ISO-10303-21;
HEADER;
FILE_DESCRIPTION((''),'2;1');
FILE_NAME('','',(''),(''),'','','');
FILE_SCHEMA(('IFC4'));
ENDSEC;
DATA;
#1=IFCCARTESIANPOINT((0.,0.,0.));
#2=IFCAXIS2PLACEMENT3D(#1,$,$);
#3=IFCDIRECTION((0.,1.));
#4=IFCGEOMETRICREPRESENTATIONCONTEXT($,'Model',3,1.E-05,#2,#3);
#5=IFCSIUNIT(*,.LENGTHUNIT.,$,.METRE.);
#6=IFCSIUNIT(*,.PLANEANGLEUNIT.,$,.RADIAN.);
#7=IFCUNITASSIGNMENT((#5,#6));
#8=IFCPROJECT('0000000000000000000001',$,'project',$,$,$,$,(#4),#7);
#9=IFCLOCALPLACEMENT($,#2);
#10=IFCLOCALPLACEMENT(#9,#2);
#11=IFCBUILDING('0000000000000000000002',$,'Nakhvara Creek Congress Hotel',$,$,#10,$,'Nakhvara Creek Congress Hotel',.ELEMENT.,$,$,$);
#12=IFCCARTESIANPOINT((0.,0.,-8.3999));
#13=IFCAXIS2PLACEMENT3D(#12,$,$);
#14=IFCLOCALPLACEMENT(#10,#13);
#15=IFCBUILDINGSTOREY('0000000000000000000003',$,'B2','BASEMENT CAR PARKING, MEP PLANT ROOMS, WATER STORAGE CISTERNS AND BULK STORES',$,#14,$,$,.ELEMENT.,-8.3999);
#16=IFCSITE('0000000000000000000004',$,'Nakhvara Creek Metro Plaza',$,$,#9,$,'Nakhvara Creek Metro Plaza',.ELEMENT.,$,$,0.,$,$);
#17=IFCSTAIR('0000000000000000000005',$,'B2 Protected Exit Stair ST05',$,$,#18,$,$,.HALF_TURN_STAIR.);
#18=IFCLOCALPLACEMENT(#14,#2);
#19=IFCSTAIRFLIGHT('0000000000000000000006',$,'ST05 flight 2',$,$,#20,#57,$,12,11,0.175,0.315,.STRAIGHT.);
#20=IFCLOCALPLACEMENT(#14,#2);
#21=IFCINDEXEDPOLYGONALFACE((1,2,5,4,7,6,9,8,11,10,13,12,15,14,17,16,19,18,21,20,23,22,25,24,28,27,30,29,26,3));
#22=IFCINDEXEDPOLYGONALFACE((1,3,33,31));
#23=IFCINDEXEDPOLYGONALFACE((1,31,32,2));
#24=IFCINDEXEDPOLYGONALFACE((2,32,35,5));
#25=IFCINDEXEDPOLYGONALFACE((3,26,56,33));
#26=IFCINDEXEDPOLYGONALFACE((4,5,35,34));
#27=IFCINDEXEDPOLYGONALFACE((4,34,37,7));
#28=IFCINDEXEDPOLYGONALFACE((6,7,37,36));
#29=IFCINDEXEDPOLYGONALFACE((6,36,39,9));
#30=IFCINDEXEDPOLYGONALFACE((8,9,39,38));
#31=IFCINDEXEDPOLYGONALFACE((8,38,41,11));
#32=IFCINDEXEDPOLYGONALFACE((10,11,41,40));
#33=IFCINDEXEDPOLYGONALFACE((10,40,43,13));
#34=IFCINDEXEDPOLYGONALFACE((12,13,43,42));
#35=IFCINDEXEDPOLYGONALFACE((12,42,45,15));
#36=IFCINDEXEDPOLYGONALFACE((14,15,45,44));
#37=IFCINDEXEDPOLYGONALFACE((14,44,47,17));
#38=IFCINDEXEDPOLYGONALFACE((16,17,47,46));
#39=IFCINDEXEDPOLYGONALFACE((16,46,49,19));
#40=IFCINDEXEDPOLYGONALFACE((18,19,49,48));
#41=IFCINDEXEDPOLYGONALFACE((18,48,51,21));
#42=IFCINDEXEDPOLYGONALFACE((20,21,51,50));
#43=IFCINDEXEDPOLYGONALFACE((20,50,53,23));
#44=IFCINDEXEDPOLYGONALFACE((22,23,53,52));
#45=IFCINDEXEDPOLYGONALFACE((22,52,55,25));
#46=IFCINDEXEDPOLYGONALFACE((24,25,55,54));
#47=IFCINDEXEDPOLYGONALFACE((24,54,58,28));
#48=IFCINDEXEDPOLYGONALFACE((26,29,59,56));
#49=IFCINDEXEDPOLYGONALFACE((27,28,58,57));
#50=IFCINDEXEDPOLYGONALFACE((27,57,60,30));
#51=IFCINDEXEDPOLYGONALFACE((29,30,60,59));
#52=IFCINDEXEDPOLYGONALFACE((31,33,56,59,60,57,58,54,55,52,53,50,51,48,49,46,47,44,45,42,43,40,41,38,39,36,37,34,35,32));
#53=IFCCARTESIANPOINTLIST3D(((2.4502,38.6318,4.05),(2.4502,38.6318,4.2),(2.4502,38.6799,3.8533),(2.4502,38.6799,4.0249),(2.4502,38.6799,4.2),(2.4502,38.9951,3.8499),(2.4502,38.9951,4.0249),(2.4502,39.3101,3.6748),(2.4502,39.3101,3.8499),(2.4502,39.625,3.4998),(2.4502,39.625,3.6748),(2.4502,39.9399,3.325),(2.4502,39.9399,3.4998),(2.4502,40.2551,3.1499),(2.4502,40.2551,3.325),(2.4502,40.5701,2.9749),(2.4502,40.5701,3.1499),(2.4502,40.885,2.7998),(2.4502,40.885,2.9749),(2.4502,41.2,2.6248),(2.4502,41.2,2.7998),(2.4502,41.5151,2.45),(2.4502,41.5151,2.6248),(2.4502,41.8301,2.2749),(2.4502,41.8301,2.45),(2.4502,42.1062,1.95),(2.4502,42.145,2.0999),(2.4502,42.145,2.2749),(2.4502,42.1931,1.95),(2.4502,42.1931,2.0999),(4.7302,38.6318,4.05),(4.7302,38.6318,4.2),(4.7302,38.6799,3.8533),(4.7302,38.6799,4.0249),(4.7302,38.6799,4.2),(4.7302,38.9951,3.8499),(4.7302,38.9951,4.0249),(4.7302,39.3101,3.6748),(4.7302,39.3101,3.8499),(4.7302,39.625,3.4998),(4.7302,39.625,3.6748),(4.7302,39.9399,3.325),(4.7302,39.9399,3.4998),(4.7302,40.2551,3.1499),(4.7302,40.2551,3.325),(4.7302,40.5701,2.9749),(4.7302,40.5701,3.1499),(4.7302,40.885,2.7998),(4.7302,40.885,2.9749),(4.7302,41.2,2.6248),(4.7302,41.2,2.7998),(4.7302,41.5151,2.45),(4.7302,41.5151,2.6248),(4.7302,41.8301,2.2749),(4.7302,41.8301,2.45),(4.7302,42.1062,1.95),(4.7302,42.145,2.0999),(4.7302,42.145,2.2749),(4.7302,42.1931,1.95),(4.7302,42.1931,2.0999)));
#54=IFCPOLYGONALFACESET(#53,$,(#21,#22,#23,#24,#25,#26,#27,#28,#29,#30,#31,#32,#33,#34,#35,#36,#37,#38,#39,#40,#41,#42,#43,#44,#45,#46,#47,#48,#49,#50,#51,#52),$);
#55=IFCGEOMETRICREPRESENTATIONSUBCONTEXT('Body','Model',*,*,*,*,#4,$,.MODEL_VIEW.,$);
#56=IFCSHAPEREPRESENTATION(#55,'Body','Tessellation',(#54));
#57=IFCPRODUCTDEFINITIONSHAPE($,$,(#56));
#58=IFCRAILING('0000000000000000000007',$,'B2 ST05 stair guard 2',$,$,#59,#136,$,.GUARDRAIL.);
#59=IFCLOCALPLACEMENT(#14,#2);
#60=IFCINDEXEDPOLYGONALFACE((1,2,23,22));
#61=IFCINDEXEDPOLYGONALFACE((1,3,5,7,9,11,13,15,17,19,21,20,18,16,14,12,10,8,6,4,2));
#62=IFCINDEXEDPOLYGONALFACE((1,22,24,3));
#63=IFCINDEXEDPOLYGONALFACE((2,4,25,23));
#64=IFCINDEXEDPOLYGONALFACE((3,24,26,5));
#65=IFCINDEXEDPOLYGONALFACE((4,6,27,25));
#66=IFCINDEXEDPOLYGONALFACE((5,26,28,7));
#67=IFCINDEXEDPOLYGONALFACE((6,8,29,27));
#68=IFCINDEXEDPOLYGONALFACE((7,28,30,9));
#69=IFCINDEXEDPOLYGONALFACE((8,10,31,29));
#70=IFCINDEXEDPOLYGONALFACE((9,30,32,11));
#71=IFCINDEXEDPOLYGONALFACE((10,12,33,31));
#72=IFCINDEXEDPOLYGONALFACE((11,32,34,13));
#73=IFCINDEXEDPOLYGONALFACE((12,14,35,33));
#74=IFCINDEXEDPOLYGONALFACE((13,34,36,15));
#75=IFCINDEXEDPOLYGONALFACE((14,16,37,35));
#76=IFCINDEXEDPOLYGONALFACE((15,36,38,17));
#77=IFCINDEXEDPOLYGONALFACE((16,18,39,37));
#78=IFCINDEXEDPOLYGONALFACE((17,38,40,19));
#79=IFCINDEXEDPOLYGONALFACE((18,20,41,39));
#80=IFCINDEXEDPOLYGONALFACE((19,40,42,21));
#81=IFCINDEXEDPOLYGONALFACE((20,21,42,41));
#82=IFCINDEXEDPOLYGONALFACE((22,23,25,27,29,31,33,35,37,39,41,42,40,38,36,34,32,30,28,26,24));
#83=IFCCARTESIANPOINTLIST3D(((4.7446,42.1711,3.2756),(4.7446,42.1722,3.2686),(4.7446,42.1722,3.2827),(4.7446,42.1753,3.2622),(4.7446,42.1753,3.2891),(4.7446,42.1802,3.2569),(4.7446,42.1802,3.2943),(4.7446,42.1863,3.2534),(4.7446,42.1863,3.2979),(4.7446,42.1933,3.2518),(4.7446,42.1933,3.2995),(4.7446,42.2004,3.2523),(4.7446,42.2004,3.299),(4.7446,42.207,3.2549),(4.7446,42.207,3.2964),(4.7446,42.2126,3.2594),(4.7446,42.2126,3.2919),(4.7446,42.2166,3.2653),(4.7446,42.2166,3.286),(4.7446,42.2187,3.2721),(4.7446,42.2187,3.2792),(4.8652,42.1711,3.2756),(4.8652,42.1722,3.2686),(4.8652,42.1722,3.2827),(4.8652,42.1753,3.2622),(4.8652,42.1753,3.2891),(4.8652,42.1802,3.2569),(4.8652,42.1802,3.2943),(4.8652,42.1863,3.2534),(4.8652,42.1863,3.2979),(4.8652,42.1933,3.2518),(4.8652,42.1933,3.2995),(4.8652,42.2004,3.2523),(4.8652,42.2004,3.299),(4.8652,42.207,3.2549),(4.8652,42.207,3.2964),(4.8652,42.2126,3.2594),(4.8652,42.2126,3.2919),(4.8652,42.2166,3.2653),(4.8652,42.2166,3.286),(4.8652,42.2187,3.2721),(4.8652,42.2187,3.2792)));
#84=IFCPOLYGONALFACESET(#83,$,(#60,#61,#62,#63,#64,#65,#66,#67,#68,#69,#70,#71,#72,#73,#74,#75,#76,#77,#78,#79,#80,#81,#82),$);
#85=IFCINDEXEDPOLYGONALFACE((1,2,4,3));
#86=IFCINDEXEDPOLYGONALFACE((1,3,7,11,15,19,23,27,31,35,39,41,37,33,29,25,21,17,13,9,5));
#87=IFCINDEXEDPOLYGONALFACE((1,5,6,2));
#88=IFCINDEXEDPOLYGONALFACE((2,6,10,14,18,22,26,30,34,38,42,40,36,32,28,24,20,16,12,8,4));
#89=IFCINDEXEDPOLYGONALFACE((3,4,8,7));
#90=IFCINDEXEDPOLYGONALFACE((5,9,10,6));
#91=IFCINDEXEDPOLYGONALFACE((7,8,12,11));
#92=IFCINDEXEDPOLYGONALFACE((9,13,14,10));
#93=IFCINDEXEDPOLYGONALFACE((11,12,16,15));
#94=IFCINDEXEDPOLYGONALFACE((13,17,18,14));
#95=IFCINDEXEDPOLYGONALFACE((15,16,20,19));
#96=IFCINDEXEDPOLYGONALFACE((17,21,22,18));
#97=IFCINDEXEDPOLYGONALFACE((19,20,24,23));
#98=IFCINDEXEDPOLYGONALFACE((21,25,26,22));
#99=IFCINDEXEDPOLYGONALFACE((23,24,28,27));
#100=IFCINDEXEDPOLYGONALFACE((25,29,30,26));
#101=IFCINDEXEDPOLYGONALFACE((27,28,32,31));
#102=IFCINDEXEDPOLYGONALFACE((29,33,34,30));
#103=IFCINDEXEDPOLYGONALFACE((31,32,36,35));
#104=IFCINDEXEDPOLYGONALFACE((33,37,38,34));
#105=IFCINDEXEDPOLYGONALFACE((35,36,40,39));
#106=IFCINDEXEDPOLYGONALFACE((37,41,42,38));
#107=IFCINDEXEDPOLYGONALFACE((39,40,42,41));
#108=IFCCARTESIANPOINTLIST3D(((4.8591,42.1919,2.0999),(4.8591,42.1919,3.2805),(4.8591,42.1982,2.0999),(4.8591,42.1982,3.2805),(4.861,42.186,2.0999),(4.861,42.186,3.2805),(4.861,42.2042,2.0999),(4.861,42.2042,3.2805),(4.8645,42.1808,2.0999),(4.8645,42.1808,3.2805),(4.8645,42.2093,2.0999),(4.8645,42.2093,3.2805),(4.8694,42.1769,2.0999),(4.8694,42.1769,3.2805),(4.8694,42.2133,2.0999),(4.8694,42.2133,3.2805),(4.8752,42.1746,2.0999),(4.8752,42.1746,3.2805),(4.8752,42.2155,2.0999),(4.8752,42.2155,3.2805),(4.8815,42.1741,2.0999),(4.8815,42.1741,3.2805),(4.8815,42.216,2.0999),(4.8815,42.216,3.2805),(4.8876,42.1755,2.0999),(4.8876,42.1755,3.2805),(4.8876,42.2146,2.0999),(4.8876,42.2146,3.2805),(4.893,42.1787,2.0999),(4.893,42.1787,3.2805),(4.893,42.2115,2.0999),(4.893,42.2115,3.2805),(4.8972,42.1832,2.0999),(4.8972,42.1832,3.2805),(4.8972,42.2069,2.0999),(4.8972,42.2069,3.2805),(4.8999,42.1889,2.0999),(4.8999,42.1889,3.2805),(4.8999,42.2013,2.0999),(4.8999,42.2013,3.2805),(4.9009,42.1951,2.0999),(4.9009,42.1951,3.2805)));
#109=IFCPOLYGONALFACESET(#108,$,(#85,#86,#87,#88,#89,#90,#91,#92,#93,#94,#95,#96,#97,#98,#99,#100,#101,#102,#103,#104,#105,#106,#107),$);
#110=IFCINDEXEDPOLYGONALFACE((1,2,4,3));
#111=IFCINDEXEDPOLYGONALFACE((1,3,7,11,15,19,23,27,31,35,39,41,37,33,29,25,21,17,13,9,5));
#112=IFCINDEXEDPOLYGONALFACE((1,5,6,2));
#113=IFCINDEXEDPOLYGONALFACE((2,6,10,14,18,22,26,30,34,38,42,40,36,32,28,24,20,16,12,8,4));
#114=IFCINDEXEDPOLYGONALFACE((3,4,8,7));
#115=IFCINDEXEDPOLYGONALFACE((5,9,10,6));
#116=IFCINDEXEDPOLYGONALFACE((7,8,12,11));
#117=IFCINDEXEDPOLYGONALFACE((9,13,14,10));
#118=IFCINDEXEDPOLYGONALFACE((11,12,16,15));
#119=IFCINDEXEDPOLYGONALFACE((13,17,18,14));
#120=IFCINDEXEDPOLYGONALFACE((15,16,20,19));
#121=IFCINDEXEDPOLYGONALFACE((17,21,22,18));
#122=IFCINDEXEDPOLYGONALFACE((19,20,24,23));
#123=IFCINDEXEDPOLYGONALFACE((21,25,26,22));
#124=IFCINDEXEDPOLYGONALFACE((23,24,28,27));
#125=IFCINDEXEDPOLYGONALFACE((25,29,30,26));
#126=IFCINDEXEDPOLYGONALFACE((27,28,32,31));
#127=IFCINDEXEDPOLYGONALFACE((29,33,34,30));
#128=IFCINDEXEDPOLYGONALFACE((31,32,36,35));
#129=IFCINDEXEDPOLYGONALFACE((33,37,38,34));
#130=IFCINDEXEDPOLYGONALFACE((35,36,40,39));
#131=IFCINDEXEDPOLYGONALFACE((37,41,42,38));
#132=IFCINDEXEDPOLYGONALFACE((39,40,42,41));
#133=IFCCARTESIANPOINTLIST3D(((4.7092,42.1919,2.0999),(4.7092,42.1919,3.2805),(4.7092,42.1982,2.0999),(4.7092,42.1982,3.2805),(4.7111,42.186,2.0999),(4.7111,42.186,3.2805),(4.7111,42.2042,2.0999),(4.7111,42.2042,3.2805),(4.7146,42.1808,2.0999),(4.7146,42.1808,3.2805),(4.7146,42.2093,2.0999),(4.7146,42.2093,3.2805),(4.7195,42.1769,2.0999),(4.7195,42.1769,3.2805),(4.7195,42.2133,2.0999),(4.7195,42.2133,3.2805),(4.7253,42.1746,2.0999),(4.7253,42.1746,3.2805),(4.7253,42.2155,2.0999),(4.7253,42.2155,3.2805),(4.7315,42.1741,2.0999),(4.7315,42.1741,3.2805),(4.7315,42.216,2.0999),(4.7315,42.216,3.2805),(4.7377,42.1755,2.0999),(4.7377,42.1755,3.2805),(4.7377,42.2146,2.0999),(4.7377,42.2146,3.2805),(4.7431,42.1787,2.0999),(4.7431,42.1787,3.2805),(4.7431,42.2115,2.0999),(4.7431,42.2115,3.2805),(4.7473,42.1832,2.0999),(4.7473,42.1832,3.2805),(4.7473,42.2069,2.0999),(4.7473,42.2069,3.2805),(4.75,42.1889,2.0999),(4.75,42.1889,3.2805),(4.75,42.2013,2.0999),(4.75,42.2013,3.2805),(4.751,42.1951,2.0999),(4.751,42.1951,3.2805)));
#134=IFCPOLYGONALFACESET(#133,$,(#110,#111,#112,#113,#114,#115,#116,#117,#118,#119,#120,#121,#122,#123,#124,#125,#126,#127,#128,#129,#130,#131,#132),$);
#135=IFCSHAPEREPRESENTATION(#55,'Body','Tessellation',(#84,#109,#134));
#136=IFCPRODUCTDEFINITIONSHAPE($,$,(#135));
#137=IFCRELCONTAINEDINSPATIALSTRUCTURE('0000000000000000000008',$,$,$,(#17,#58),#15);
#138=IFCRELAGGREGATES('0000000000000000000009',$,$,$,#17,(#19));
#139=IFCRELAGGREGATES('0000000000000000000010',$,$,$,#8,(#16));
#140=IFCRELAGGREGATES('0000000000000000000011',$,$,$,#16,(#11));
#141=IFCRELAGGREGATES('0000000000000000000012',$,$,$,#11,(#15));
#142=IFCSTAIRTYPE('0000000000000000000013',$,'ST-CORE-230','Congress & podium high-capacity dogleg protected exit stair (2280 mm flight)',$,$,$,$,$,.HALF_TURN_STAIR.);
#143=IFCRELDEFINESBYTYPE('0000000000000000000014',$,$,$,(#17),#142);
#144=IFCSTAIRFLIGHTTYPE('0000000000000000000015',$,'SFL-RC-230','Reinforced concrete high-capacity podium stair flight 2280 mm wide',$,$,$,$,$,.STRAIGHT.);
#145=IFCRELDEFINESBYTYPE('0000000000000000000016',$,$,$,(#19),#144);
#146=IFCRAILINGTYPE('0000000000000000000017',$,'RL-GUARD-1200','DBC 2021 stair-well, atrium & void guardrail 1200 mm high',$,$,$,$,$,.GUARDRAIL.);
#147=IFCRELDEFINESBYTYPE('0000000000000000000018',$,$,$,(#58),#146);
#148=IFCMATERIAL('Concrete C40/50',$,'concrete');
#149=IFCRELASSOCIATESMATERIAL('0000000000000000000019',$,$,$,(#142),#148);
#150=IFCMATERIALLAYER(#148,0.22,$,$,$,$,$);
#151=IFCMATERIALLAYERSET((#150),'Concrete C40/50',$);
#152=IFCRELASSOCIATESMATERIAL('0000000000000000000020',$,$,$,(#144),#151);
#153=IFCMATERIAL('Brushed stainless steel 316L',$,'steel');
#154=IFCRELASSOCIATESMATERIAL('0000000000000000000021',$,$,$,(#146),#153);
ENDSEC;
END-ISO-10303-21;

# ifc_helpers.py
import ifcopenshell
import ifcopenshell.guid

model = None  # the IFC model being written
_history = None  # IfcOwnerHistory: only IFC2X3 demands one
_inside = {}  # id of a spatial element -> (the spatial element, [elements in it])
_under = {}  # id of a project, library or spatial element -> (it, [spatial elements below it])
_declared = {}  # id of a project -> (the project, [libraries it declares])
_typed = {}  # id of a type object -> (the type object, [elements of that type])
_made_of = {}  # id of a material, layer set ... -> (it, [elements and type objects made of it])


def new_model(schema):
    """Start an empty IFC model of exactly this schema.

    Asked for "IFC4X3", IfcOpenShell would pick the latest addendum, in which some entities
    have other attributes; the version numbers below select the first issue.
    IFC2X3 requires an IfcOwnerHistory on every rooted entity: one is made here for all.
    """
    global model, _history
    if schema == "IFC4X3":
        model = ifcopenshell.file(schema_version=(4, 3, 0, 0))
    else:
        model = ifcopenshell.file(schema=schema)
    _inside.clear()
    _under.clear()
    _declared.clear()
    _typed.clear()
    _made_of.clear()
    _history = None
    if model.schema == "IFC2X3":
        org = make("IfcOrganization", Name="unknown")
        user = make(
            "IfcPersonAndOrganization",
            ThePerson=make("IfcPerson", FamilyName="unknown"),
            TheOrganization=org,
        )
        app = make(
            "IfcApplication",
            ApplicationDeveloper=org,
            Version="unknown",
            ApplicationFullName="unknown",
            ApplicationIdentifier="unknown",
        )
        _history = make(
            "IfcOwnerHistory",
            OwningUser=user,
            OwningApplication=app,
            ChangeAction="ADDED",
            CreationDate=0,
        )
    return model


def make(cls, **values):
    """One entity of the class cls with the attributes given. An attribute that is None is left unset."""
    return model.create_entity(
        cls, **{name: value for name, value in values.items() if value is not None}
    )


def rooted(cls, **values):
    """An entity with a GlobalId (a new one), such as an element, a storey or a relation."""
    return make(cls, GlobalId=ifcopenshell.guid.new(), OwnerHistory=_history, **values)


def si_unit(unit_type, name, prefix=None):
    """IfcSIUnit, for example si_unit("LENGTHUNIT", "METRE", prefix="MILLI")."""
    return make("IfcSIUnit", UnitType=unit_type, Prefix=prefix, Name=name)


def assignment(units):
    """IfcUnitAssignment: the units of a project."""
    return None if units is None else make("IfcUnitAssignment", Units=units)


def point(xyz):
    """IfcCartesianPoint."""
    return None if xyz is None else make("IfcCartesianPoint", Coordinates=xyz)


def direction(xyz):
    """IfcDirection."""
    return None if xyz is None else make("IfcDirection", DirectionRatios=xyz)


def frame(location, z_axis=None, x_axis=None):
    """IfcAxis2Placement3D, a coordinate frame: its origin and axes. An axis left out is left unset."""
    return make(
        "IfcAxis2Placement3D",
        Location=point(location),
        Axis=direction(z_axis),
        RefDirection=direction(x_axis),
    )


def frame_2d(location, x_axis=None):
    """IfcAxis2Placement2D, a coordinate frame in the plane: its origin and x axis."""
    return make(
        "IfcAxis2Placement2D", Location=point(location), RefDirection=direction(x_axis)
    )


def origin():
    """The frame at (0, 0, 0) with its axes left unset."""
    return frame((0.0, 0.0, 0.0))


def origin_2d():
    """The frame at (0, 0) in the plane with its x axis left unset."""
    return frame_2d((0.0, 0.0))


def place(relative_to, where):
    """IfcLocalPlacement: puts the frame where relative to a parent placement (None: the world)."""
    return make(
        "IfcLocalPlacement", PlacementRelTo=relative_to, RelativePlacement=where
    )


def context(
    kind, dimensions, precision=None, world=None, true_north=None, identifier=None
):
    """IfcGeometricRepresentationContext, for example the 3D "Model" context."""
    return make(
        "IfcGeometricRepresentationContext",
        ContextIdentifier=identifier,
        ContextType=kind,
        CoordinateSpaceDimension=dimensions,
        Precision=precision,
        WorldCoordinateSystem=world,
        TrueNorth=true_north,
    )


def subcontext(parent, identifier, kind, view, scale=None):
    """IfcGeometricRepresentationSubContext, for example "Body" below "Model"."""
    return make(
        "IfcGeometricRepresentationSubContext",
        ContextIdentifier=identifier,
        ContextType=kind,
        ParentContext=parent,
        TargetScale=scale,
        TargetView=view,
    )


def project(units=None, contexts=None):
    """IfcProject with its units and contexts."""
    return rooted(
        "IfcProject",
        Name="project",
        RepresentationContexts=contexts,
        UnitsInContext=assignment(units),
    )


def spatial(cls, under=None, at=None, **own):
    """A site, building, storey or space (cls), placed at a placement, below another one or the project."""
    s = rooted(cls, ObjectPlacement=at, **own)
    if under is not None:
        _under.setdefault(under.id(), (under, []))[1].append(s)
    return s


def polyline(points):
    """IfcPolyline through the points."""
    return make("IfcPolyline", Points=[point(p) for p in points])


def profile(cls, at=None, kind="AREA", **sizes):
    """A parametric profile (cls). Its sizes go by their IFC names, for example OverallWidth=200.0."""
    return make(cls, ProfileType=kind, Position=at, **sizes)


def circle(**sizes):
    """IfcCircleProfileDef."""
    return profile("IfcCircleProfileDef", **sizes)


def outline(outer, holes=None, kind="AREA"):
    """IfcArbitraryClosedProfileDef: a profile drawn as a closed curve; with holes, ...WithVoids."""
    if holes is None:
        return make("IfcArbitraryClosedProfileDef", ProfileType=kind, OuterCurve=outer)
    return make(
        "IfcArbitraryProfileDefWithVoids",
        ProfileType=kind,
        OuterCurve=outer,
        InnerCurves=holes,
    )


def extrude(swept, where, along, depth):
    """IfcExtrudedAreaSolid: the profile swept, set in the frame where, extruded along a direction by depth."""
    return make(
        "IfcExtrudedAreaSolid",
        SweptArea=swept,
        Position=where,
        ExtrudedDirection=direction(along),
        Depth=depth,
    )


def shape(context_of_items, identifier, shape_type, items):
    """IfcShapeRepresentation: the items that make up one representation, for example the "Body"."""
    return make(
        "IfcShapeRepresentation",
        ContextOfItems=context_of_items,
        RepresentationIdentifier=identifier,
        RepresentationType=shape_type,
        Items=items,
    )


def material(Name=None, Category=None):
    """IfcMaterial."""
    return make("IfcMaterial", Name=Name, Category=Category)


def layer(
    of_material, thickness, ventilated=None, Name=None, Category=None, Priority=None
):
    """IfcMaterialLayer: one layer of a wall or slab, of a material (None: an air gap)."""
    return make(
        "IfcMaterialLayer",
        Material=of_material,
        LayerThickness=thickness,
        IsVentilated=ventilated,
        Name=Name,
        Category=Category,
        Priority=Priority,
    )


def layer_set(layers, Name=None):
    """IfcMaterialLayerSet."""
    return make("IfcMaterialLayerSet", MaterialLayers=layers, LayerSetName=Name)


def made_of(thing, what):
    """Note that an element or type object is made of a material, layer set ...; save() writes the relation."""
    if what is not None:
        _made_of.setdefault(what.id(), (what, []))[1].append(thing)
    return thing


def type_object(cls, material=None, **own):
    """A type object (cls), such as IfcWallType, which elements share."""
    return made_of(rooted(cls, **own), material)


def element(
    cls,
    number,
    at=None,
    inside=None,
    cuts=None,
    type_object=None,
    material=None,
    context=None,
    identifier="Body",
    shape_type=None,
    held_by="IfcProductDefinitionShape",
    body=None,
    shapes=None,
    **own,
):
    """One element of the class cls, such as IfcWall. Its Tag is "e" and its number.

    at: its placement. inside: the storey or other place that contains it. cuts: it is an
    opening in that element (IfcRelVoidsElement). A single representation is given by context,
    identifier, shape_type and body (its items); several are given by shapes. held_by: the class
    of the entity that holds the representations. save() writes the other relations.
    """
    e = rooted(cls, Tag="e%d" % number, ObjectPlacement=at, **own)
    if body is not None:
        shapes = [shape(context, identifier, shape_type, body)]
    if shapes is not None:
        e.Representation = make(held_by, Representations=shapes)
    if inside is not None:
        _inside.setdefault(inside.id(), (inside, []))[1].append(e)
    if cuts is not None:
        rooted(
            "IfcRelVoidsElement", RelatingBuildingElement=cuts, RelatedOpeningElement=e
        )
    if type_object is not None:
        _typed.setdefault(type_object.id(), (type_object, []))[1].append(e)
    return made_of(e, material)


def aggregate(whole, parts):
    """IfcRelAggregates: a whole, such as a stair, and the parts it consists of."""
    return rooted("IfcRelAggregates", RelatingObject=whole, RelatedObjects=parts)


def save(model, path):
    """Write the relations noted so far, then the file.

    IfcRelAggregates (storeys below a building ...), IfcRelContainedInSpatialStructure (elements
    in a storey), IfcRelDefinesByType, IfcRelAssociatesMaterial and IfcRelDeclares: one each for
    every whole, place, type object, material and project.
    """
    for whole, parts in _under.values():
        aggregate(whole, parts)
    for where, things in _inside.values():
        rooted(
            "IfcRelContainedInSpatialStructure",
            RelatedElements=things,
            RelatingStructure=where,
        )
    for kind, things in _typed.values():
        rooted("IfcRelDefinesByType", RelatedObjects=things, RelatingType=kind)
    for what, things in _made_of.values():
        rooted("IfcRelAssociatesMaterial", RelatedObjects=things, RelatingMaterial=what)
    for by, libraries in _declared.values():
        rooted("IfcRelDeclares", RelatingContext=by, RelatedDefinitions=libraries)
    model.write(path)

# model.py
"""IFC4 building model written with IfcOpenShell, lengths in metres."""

from ifc_helpers import new_model, si_unit, direction, frame, origin, origin_2d, place, context, subcontext, project, spatial, polyline, circle, outline, extrude, material, layer, layer_set, type_object, element, aggregate, save


model = new_model("IFC4")

# Units and contexts
model_context = context("Model", 3, precision=1e-05, world=origin(), true_north=direction((0.0, 1.0)))
body_context = subcontext(model_context, "Body", "Model", "MODEL_VIEW")
ifc_project = project(units=[si_unit("LENGTHUNIT", "METRE"), si_unit("PLANEANGLEUNIT", "RADIAN")], contexts=[model_context])

# Site, building, storey
site_placement = place(None, origin())
site = spatial("IfcSite", under=ifc_project, at=site_placement, Name="Nakhvara Creek Metro Plaza", LongName="Nakhvara Creek Metro Plaza", CompositionType="ELEMENT", RefElevation=0.0)
building_placement = place(site_placement, origin())
building = spatial("IfcBuilding", under=site, at=building_placement, Name="Nakhvara Creek Congress Hotel", LongName="Nakhvara Creek Congress Hotel", CompositionType="ELEMENT")
storey_placement = place(building_placement, frame((0.0, 0.0, -8.3999)))
storey = spatial("IfcBuildingStorey", under=building, at=storey_placement, Name="B2", Description="BASEMENT CAR PARKING, MEP PLANT ROOMS, WATER STORAGE CISTERNS AND BULK STORES", CompositionType="ELEMENT", Elevation=-8.3999)

# Shared definitions
ifc_material_1 = material(Name="Concrete C40/50", Category="concrete")

# Stair, stair flight
stair_type = type_object("IfcStairType", Name="ST-CORE-230", Description="Congress & podium high-capacity dogleg protected exit stair (2280 mm flight)", PredefinedType="HALF_TURN_STAIR", material=ifc_material_1)
stair_placement = place(storey_placement, origin())
stair = element("IfcStair", 1, at=stair_placement, inside=storey, type_object=stair_type, Name="B2 Protected Exit Stair ST05", PredefinedType="HALF_TURN_STAIR")
ifc_layer_1 = layer(ifc_material_1, 0.22)
ifc_layer_set_1 = layer_set([ifc_layer_1], Name="Concrete C40/50")
stair_flight_type = type_object("IfcStairFlightType", Name="SFL-RC-230", Description="Reinforced concrete high-capacity podium stair flight 2280 mm wide", PredefinedType="STRAIGHT", material=ifc_layer_set_1)
stair_flight_placement = place(storey_placement, frame((3.5901, 42.145, 2.0999), z_axis=(0.0, 0.0, 1.0), x_axis=(0.0, -1.0, 0.0)))
stair_flight = element("IfcStairFlight", 2, at=stair_flight_placement, type_object=stair_flight_type, Name="ST05 flight 2", NumberOfRisers=12, NumberOfTreads=11, PredefinedType="STRAIGHT", RiserHeight=0.175, TreadLength=0.315, context=body_context, shape_type="SweptSolid", body=[
    extrude(outline(polyline([(-0.0481, 0.0), (0.0, 0.0), (0.0, 0.175), (0.3149, 0.175), (0.3149, 0.3501), (0.6299, 0.3501), (0.6299, 0.5249), (0.9451, 0.5249), (0.9451, 0.7), (1.26, 0.7), (1.26, 0.875), (1.575, 0.875), (1.575, 1.05), (1.8899, 1.05), (1.8899, 1.2251), (2.2051, 1.2251), (2.2051, 1.3999), (2.52, 1.3999), (2.52, 1.575), (2.835, 1.575), (2.835, 1.75), (3.1499, 1.75), (3.1499, 1.925), (3.4651, 1.925), (3.4651, 2.1001), (3.5132, 2.1001), (3.5132, 1.9502), (3.4651, 1.7534), (0.0388, -0.1499), (-0.0481, -0.1499), (-0.0481, 0.0)])), frame((0.0, 1.1401, 0.0), z_axis=(0.0, -1.0, 0.0), x_axis=(1.0, 0.0, 0.0)), (0.0, 0.0, 1.0), 2.28),
])
aggregate(stair, [stair_flight])

# Railing
ifc_material_2 = material(Name="Brushed stainless steel 316L", Category="steel")
railing_type_1 = type_object("IfcRailingType", Name="RL-GUARD-1200", Description="DBC 2021 stair-well, atrium & void guardrail 1200 mm high", PredefinedType="GUARDRAIL", material=ifc_material_2)
railing_1_placement = place(storey_placement, frame((4.8799, 42.1951, 2.0999)))
element("IfcRailing", 3, at=railing_1_placement, inside=storey, type_object=railing_type_1, Name="B2 ST05 stair guard 2", PredefinedType="GUARDRAIL", context=body_context, shape_type="SweptSolid", body=[
    extrude(circle(Radius=0.0239, at=origin_2d()), frame((-0.0146, 0.0, 1.1758), z_axis=(-1.0, 0.0, 0.0), x_axis=(0.0, -1.0, 0.0)), (0.0, 0.0, 1.0), 0.1206),
    extrude(circle(Radius=0.021, at=origin_2d()), origin(), (0.0, 0.0, 1.0), 1.1807),
    extrude(circle(Radius=0.021, at=origin_2d()), frame((-0.1499, 0.0, 0.0)), (0.0, 0.0, 1.0), 1.1807),
])

save(model, "model.ifc")
